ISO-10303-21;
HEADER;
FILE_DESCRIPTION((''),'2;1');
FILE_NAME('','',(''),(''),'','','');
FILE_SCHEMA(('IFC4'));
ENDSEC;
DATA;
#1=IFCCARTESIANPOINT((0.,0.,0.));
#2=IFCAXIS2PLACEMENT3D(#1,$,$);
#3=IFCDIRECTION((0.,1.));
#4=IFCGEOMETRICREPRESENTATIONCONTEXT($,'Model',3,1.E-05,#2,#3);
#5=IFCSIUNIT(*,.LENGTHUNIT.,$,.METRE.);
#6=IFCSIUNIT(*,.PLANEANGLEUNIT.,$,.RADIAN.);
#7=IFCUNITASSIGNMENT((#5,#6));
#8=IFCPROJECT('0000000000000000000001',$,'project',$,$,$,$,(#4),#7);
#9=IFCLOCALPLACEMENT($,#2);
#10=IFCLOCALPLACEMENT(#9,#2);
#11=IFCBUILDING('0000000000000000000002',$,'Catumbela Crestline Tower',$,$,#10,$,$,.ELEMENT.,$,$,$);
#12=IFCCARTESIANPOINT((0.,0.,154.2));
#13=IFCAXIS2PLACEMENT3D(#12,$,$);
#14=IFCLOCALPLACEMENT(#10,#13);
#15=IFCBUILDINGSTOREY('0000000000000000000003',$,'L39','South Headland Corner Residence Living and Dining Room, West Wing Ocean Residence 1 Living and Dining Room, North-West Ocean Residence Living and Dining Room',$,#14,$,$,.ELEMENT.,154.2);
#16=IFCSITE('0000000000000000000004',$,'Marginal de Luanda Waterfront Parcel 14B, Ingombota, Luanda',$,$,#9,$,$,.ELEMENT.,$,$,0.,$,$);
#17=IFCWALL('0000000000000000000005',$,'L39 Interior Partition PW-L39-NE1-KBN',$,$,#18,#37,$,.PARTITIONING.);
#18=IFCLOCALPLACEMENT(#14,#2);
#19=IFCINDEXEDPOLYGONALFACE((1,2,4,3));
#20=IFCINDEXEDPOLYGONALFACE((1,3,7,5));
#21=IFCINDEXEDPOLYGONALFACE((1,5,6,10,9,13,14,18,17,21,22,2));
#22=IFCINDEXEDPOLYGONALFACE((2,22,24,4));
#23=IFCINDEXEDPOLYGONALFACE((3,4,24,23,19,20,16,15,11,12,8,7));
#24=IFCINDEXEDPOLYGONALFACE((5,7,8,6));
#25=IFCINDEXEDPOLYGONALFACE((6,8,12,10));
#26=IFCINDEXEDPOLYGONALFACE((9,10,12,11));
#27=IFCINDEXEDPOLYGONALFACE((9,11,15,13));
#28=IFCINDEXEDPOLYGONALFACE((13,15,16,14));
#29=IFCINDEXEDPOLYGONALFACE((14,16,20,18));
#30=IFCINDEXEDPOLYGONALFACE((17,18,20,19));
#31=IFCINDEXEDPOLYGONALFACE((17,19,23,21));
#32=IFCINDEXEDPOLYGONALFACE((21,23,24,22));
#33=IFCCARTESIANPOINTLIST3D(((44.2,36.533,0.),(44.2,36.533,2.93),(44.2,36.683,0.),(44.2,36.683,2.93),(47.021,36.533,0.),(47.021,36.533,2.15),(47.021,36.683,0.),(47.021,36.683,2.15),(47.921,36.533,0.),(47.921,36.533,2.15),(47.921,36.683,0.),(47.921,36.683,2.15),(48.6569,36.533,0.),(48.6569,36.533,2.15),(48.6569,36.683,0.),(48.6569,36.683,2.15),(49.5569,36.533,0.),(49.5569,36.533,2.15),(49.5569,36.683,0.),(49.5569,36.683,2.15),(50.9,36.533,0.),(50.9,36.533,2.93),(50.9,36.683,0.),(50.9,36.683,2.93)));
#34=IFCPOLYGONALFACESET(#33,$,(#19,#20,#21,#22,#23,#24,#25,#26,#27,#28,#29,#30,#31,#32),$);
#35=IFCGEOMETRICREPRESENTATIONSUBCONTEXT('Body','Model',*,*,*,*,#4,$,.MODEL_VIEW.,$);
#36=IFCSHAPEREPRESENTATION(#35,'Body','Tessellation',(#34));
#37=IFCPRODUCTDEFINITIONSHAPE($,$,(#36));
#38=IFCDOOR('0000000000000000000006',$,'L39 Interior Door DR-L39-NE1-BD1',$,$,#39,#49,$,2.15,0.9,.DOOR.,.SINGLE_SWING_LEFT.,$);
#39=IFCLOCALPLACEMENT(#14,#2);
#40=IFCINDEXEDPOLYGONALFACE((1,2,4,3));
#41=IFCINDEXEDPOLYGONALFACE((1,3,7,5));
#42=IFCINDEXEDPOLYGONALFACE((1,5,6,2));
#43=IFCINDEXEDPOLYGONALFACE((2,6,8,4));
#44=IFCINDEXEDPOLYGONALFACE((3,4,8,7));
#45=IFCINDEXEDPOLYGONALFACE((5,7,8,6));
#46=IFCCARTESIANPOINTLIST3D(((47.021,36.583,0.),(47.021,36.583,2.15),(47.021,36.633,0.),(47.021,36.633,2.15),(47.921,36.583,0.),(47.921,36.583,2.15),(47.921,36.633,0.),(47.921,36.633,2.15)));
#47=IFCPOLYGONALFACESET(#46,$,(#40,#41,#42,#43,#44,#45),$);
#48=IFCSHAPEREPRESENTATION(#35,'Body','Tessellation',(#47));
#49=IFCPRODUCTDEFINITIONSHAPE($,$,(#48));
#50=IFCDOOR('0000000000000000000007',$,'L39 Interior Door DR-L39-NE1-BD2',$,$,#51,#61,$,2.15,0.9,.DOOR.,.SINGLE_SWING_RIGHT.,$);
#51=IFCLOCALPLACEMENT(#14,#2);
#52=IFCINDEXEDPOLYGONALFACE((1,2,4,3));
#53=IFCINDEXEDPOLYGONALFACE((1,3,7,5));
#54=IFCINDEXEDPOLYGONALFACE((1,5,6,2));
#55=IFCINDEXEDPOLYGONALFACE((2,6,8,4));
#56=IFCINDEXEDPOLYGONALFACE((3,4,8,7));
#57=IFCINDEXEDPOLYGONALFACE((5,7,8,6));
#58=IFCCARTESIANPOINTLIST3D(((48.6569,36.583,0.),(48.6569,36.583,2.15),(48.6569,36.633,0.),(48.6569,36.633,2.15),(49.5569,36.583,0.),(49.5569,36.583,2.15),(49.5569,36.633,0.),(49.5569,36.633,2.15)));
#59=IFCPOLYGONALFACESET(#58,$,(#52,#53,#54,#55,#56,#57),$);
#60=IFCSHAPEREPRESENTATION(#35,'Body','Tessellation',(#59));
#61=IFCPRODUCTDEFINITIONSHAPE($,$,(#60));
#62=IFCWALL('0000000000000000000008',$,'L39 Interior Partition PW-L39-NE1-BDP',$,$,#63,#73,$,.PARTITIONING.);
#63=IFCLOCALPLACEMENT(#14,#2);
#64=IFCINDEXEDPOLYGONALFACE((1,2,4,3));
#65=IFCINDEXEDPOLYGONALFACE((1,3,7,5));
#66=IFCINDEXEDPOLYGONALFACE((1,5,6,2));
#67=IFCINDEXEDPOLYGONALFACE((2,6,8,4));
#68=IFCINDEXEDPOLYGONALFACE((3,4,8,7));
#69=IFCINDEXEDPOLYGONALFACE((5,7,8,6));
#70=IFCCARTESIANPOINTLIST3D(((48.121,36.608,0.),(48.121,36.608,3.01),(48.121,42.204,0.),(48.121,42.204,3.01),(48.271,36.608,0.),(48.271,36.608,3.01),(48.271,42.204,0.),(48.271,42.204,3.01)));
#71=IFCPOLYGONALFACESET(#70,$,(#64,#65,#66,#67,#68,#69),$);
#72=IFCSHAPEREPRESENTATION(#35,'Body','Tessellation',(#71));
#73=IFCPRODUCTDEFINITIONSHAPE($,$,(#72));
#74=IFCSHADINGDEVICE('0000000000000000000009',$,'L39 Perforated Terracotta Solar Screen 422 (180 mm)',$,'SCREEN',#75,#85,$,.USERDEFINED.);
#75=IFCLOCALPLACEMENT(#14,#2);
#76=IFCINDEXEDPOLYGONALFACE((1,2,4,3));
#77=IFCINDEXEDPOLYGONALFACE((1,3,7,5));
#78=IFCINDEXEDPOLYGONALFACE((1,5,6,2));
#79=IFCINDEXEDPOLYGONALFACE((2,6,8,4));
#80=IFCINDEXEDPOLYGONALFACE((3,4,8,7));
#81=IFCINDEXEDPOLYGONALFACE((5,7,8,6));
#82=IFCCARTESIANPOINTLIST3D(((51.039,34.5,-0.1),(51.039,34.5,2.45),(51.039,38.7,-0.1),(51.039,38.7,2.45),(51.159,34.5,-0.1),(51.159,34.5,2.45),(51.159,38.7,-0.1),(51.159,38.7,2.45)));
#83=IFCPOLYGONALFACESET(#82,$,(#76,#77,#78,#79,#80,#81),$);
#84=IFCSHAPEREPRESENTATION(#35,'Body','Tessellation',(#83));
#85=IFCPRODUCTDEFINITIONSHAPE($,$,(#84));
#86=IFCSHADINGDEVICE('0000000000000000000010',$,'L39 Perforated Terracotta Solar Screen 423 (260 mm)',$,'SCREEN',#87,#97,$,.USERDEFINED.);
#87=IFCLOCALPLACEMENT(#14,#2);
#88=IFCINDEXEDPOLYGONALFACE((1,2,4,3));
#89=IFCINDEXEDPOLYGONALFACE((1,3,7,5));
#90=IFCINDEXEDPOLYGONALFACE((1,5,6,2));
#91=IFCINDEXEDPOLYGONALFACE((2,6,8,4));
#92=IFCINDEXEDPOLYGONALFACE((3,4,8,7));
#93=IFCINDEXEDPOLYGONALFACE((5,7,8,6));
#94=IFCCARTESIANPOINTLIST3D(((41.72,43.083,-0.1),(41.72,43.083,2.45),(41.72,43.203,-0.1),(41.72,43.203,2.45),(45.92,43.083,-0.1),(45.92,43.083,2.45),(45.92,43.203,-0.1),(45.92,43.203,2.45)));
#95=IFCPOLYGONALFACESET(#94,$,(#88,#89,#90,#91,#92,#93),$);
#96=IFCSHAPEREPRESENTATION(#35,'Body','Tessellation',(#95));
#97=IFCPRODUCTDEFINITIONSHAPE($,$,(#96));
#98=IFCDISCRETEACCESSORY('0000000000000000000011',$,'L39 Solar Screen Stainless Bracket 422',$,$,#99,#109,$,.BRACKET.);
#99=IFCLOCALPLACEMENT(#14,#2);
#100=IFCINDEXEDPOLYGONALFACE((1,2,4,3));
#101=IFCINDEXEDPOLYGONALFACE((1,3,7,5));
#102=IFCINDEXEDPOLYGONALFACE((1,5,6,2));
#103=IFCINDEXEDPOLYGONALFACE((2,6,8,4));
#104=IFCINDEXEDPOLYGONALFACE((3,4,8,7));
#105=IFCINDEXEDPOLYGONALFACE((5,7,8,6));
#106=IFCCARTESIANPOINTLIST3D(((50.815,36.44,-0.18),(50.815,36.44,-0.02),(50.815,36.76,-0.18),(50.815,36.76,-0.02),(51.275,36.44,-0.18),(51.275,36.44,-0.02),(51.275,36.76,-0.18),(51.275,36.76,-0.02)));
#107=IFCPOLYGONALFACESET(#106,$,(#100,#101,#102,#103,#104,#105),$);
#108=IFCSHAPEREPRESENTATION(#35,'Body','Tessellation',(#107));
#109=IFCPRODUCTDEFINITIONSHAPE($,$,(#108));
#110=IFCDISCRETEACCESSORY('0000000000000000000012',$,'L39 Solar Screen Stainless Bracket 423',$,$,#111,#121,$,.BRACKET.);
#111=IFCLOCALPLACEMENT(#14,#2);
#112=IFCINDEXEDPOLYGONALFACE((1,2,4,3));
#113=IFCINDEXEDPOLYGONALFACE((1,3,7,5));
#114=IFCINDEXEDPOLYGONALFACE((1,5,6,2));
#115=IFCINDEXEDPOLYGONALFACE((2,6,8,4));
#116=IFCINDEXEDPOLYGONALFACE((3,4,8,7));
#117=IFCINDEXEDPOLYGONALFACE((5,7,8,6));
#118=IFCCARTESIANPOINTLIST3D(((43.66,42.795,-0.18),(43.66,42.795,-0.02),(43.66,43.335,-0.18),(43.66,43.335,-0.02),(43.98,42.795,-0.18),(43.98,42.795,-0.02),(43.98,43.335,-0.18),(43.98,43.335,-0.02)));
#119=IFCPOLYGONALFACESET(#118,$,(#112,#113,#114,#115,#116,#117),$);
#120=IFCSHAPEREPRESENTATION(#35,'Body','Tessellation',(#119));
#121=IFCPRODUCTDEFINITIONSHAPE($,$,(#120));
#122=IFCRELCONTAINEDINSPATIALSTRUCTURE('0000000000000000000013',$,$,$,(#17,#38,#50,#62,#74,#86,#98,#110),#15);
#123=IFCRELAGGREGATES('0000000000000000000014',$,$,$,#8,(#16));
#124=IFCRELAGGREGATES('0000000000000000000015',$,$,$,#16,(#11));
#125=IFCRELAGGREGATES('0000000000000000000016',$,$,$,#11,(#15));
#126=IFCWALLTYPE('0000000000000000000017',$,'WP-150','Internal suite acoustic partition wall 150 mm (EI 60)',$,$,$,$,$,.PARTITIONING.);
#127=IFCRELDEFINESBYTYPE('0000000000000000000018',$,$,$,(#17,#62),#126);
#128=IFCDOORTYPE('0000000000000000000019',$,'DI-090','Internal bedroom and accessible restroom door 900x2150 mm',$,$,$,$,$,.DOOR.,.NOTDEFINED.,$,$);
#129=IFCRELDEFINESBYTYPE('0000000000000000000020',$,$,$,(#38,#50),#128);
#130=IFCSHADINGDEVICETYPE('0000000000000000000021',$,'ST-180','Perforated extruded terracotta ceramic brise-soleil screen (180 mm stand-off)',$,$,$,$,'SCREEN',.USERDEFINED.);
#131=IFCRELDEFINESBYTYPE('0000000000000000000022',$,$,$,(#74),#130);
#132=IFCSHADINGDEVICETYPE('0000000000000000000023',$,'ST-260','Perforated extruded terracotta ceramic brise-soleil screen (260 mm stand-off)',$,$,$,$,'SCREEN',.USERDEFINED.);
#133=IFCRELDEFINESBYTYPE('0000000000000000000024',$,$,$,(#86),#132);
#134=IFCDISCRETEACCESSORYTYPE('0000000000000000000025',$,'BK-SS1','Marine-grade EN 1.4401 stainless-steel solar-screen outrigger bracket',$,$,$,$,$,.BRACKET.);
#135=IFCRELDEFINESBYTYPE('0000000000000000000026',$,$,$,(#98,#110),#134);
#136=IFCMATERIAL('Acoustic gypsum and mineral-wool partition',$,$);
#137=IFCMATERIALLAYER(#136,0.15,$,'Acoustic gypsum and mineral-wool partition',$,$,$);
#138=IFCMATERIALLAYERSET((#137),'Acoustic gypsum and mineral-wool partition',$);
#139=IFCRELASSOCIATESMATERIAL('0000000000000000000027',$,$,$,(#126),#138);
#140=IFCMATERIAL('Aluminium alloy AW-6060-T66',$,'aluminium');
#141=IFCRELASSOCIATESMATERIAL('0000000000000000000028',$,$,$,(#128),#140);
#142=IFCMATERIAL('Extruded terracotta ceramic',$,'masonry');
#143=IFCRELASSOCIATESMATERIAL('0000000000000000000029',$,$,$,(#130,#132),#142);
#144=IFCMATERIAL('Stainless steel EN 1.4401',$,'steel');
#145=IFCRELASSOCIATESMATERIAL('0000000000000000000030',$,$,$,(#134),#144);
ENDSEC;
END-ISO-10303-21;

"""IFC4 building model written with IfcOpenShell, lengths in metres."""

from ifc_helpers import new_model, si_unit, direction, frame, frame_2d, origin, origin_2d, place, context, subcontext, project, spatial, rectangle, extrude, material, layer, layer_set, type_object, element, fill, save


model = new_model("IFC4")

# Units and contexts
model_context = context("Model", 3, precision=1e-05, world=origin(), true_north=direction((0.0, 1.0)))
body_context = subcontext(model_context, "Body", "Model", "MODEL_VIEW")
ifc_project = project(units=[si_unit("LENGTHUNIT", "METRE"), si_unit("PLANEANGLEUNIT", "RADIAN")], contexts=[model_context])

# Site, building, storey
site_placement = place(None, origin())
site = spatial("IfcSite", under=ifc_project, at=site_placement, Name="Marginal de Luanda Waterfront Parcel 14B, Ingombota, Luanda", CompositionType="ELEMENT", RefElevation=0.0)
building_placement = place(site_placement, origin())
building = spatial("IfcBuilding", under=site, at=building_placement, Name="Catumbela Crestline Tower", CompositionType="ELEMENT")
storey_placement = place(building_placement, frame((0.0, 0.0, 154.2)))
storey = spatial("IfcBuildingStorey", under=building, at=storey_placement, Name="L39", Description="South Headland Corner Residence Living and Dining Room, West Wing Ocean Residence 1 Living and Dining Room, North-West Ocean Residence Living and Dining Room", CompositionType="ELEMENT", Elevation=154.2)

# Shared definitions
ifc_material_1 = material(Name="Aluminium alloy AW-6060-T66", Category="aluminium")

# Wall, openings, doors
ifc_material_2 = material(Name="Acoustic gypsum and mineral-wool partition")
ifc_layer_1 = layer(ifc_material_2, 0.15, Name="Acoustic gypsum and mineral-wool partition")
ifc_layer_set_1 = layer_set([ifc_layer_1], Name="Acoustic gypsum and mineral-wool partition")
wall_type_1 = type_object("IfcWallType", Name="WP-150", Description="Internal suite acoustic partition wall 150 mm (EI 60)", PredefinedType="PARTITIONING", material=ifc_layer_set_1)
wall_1_placement = place(storey_placement, frame((44.2, 36.608, 0.0), z_axis=(0.0, 0.0, 1.0), x_axis=(1.0, 0.0, 0.0)))
wall_1 = element("IfcWall", 1, at=wall_1_placement, inside=storey, type_object=wall_type_1, Name="L39 Interior Partition PW-L39-NE1-KBN", PredefinedType="PARTITIONING", context=body_context, shape_type="SweptSolid", body=[
    extrude(rectangle(XDim=6.7, YDim=0.15, at=frame_2d((3.35, 0.0))), origin(), (0.0, 0.0, 1.0), 2.93),
])
opening_1_placement = place(wall_1_placement, frame((2.821, 0.0, 0.0)))
opening_1 = element("IfcOpeningElement", 2, at=opening_1_placement, cuts=wall_1, PredefinedType="OPENING", context=body_context, shape_type="SweptSolid", body=[
    extrude(rectangle(XDim=0.9, YDim=2.15, at=frame_2d((0.45, 1.075))), frame((0.0, 0.085, 0.0), z_axis=(0.0, -1.0, 0.0), x_axis=(1.0, 0.0, 0.0)), (0.0, 0.0, 1.0), 0.17),
])
opening_2_placement = place(wall_1_placement, frame((4.4569, 0.0, 0.0)))
opening_2 = element("IfcOpeningElement", 3, at=opening_2_placement, cuts=wall_1, PredefinedType="OPENING", context=body_context, shape_type="SweptSolid", body=[
    extrude(rectangle(XDim=0.9, YDim=2.15, at=frame_2d((0.45, 1.075))), frame((0.0, 0.085, 0.0), z_axis=(0.0, -1.0, 0.0), x_axis=(1.0, 0.0, 0.0)), (0.0, 0.0, 1.0), 0.17),
])
door_type = type_object("IfcDoorType", Name="DI-090", Description="Internal bedroom and accessible restroom door 900x2150 mm", OperationType="NOTDEFINED", PredefinedType="DOOR", material=ifc_material_1)
door_1_placement = place(opening_1_placement, origin())
door_1 = element("IfcDoor", 4, at=door_1_placement, inside=storey, type_object=door_type, Name="L39 Interior Door DR-L39-NE1-BD1", OperationType="SINGLE_SWING_LEFT", OverallHeight=2.15, OverallWidth=0.9, PredefinedType="DOOR", context=body_context, shape_type="SweptSolid", body=[
    extrude(rectangle(XDim=0.9, YDim=2.15, at=frame_2d((0.45, 1.075))), frame((0.0, 0.025, 0.0), z_axis=(0.0, -1.0, 0.0), x_axis=(1.0, 0.0, 0.0)), (0.0, 0.0, 1.0), 0.05),
])
fill(opening_1, door_1)
door_2_placement = place(opening_2_placement, origin())
door_2 = element("IfcDoor", 5, at=door_2_placement, inside=storey, type_object=door_type, Name="L39 Interior Door DR-L39-NE1-BD2", OperationType="SINGLE_SWING_RIGHT", OverallHeight=2.15, OverallWidth=0.9, PredefinedType="DOOR", context=body_context, shape_type="SweptSolid", body=[
    extrude(rectangle(XDim=0.9, YDim=2.15, at=frame_2d((0.45, 1.075))), frame((0.0, 0.025, 0.0), z_axis=(0.0, -1.0, 0.0), x_axis=(1.0, 0.0, 0.0)), (0.0, 0.0, 1.0), 0.05),
])
fill(opening_2, door_2)

# Wall
wall_2_placement = place(storey_placement, frame((48.196, 36.608, 0.0), z_axis=(0.0, 0.0, 1.0), x_axis=(0.0, 1.0, 0.0)))
element("IfcWall", 6, at=wall_2_placement, inside=storey, type_object=wall_type_1, Name="L39 Interior Partition PW-L39-NE1-BDP", PredefinedType="PARTITIONING", context=body_context, shape_type="SweptSolid", body=[
    extrude(rectangle(XDim=5.596, YDim=0.15, at=frame_2d((2.798, 0.0))), origin(), (0.0, 0.0, 1.0), 3.01),
])

# Shading devices
ifc_material_3 = material(Name="Extruded terracotta ceramic", Category="masonry")
shading_device_type_1 = type_object("IfcShadingDeviceType", Name="ST-180", Description="Perforated extruded terracotta ceramic brise-soleil screen (180 mm stand-off)", ElementType="SCREEN", PredefinedType="USERDEFINED", material=ifc_material_3)
shading_device_1_placement = place(storey_placement, frame((51.099, 36.6, -0.1), z_axis=(0.0, 0.0, 1.0), x_axis=(0.0, 1.0, 0.0)))
element("IfcShadingDevice", 7, at=shading_device_1_placement, inside=storey, type_object=shading_device_type_1, Name="L39 Perforated Terracotta Solar Screen 422 (180 mm)", ObjectType="SCREEN", PredefinedType="USERDEFINED", context=body_context, shape_type="SweptSolid", body=[
    extrude(rectangle(XDim=4.2, YDim=0.12, at=origin_2d()), origin(), (0.0, 0.0, 1.0), 2.55),
])
shading_device_type_2 = type_object("IfcShadingDeviceType", Name="ST-260", Description="Perforated extruded terracotta ceramic brise-soleil screen (260 mm stand-off)", ElementType="SCREEN", PredefinedType="USERDEFINED", material=ifc_material_3)
shading_device_2_placement = place(storey_placement, frame((43.82, 43.143, -0.1), z_axis=(0.0, 0.0, 1.0), x_axis=(-1.0, 0.0, 0.0)))
element("IfcShadingDevice", 8, at=shading_device_2_placement, inside=storey, type_object=shading_device_type_2, Name="L39 Perforated Terracotta Solar Screen 423 (260 mm)", ObjectType="SCREEN", PredefinedType="USERDEFINED", context=body_context, shape_type="SweptSolid", body=[
    extrude(rectangle(XDim=4.2, YDim=0.12, at=origin_2d()), origin(), (0.0, 0.0, 1.0), 2.55),
])

# Discrete accessories
ifc_material_4 = material(Name="Stainless steel EN 1.4401", Category="steel")
discrete_accessory_type = type_object("IfcDiscreteAccessoryType", Name="BK-SS1", Description="Marine-grade EN 1.4401 stainless-steel solar-screen outrigger bracket", PredefinedType="BRACKET", material=ifc_material_4)
discrete_accessory_1_placement = place(storey_placement, frame((51.045, 36.6, -0.18), z_axis=(0.0, 0.0, 1.0), x_axis=(0.0, 1.0, 0.0)))
element("IfcDiscreteAccessory", 9, at=discrete_accessory_1_placement, inside=storey, type_object=discrete_accessory_type, Name="L39 Solar Screen Stainless Bracket 422", PredefinedType="BRACKET", context=body_context, shape_type="SweptSolid", body=[
    extrude(rectangle(XDim=0.32, YDim=0.46, at=origin_2d()), origin(), (0.0, 0.0, 1.0), 0.16),
])
discrete_accessory_2_placement = place(storey_placement, frame((43.82, 43.065, -0.18), z_axis=(0.0, 0.0, 1.0), x_axis=(-1.0, 0.0, 0.0)))
element("IfcDiscreteAccessory", 10, at=discrete_accessory_2_placement, inside=storey, type_object=discrete_accessory_type, Name="L39 Solar Screen Stainless Bracket 423", PredefinedType="BRACKET", context=body_context, shape_type="SweptSolid", body=[
    extrude(rectangle(XDim=0.32, YDim=0.54, at=origin_2d()), origin(), (0.0, 0.0, 1.0), 0.16),
])

save(model, "model.ifc")
